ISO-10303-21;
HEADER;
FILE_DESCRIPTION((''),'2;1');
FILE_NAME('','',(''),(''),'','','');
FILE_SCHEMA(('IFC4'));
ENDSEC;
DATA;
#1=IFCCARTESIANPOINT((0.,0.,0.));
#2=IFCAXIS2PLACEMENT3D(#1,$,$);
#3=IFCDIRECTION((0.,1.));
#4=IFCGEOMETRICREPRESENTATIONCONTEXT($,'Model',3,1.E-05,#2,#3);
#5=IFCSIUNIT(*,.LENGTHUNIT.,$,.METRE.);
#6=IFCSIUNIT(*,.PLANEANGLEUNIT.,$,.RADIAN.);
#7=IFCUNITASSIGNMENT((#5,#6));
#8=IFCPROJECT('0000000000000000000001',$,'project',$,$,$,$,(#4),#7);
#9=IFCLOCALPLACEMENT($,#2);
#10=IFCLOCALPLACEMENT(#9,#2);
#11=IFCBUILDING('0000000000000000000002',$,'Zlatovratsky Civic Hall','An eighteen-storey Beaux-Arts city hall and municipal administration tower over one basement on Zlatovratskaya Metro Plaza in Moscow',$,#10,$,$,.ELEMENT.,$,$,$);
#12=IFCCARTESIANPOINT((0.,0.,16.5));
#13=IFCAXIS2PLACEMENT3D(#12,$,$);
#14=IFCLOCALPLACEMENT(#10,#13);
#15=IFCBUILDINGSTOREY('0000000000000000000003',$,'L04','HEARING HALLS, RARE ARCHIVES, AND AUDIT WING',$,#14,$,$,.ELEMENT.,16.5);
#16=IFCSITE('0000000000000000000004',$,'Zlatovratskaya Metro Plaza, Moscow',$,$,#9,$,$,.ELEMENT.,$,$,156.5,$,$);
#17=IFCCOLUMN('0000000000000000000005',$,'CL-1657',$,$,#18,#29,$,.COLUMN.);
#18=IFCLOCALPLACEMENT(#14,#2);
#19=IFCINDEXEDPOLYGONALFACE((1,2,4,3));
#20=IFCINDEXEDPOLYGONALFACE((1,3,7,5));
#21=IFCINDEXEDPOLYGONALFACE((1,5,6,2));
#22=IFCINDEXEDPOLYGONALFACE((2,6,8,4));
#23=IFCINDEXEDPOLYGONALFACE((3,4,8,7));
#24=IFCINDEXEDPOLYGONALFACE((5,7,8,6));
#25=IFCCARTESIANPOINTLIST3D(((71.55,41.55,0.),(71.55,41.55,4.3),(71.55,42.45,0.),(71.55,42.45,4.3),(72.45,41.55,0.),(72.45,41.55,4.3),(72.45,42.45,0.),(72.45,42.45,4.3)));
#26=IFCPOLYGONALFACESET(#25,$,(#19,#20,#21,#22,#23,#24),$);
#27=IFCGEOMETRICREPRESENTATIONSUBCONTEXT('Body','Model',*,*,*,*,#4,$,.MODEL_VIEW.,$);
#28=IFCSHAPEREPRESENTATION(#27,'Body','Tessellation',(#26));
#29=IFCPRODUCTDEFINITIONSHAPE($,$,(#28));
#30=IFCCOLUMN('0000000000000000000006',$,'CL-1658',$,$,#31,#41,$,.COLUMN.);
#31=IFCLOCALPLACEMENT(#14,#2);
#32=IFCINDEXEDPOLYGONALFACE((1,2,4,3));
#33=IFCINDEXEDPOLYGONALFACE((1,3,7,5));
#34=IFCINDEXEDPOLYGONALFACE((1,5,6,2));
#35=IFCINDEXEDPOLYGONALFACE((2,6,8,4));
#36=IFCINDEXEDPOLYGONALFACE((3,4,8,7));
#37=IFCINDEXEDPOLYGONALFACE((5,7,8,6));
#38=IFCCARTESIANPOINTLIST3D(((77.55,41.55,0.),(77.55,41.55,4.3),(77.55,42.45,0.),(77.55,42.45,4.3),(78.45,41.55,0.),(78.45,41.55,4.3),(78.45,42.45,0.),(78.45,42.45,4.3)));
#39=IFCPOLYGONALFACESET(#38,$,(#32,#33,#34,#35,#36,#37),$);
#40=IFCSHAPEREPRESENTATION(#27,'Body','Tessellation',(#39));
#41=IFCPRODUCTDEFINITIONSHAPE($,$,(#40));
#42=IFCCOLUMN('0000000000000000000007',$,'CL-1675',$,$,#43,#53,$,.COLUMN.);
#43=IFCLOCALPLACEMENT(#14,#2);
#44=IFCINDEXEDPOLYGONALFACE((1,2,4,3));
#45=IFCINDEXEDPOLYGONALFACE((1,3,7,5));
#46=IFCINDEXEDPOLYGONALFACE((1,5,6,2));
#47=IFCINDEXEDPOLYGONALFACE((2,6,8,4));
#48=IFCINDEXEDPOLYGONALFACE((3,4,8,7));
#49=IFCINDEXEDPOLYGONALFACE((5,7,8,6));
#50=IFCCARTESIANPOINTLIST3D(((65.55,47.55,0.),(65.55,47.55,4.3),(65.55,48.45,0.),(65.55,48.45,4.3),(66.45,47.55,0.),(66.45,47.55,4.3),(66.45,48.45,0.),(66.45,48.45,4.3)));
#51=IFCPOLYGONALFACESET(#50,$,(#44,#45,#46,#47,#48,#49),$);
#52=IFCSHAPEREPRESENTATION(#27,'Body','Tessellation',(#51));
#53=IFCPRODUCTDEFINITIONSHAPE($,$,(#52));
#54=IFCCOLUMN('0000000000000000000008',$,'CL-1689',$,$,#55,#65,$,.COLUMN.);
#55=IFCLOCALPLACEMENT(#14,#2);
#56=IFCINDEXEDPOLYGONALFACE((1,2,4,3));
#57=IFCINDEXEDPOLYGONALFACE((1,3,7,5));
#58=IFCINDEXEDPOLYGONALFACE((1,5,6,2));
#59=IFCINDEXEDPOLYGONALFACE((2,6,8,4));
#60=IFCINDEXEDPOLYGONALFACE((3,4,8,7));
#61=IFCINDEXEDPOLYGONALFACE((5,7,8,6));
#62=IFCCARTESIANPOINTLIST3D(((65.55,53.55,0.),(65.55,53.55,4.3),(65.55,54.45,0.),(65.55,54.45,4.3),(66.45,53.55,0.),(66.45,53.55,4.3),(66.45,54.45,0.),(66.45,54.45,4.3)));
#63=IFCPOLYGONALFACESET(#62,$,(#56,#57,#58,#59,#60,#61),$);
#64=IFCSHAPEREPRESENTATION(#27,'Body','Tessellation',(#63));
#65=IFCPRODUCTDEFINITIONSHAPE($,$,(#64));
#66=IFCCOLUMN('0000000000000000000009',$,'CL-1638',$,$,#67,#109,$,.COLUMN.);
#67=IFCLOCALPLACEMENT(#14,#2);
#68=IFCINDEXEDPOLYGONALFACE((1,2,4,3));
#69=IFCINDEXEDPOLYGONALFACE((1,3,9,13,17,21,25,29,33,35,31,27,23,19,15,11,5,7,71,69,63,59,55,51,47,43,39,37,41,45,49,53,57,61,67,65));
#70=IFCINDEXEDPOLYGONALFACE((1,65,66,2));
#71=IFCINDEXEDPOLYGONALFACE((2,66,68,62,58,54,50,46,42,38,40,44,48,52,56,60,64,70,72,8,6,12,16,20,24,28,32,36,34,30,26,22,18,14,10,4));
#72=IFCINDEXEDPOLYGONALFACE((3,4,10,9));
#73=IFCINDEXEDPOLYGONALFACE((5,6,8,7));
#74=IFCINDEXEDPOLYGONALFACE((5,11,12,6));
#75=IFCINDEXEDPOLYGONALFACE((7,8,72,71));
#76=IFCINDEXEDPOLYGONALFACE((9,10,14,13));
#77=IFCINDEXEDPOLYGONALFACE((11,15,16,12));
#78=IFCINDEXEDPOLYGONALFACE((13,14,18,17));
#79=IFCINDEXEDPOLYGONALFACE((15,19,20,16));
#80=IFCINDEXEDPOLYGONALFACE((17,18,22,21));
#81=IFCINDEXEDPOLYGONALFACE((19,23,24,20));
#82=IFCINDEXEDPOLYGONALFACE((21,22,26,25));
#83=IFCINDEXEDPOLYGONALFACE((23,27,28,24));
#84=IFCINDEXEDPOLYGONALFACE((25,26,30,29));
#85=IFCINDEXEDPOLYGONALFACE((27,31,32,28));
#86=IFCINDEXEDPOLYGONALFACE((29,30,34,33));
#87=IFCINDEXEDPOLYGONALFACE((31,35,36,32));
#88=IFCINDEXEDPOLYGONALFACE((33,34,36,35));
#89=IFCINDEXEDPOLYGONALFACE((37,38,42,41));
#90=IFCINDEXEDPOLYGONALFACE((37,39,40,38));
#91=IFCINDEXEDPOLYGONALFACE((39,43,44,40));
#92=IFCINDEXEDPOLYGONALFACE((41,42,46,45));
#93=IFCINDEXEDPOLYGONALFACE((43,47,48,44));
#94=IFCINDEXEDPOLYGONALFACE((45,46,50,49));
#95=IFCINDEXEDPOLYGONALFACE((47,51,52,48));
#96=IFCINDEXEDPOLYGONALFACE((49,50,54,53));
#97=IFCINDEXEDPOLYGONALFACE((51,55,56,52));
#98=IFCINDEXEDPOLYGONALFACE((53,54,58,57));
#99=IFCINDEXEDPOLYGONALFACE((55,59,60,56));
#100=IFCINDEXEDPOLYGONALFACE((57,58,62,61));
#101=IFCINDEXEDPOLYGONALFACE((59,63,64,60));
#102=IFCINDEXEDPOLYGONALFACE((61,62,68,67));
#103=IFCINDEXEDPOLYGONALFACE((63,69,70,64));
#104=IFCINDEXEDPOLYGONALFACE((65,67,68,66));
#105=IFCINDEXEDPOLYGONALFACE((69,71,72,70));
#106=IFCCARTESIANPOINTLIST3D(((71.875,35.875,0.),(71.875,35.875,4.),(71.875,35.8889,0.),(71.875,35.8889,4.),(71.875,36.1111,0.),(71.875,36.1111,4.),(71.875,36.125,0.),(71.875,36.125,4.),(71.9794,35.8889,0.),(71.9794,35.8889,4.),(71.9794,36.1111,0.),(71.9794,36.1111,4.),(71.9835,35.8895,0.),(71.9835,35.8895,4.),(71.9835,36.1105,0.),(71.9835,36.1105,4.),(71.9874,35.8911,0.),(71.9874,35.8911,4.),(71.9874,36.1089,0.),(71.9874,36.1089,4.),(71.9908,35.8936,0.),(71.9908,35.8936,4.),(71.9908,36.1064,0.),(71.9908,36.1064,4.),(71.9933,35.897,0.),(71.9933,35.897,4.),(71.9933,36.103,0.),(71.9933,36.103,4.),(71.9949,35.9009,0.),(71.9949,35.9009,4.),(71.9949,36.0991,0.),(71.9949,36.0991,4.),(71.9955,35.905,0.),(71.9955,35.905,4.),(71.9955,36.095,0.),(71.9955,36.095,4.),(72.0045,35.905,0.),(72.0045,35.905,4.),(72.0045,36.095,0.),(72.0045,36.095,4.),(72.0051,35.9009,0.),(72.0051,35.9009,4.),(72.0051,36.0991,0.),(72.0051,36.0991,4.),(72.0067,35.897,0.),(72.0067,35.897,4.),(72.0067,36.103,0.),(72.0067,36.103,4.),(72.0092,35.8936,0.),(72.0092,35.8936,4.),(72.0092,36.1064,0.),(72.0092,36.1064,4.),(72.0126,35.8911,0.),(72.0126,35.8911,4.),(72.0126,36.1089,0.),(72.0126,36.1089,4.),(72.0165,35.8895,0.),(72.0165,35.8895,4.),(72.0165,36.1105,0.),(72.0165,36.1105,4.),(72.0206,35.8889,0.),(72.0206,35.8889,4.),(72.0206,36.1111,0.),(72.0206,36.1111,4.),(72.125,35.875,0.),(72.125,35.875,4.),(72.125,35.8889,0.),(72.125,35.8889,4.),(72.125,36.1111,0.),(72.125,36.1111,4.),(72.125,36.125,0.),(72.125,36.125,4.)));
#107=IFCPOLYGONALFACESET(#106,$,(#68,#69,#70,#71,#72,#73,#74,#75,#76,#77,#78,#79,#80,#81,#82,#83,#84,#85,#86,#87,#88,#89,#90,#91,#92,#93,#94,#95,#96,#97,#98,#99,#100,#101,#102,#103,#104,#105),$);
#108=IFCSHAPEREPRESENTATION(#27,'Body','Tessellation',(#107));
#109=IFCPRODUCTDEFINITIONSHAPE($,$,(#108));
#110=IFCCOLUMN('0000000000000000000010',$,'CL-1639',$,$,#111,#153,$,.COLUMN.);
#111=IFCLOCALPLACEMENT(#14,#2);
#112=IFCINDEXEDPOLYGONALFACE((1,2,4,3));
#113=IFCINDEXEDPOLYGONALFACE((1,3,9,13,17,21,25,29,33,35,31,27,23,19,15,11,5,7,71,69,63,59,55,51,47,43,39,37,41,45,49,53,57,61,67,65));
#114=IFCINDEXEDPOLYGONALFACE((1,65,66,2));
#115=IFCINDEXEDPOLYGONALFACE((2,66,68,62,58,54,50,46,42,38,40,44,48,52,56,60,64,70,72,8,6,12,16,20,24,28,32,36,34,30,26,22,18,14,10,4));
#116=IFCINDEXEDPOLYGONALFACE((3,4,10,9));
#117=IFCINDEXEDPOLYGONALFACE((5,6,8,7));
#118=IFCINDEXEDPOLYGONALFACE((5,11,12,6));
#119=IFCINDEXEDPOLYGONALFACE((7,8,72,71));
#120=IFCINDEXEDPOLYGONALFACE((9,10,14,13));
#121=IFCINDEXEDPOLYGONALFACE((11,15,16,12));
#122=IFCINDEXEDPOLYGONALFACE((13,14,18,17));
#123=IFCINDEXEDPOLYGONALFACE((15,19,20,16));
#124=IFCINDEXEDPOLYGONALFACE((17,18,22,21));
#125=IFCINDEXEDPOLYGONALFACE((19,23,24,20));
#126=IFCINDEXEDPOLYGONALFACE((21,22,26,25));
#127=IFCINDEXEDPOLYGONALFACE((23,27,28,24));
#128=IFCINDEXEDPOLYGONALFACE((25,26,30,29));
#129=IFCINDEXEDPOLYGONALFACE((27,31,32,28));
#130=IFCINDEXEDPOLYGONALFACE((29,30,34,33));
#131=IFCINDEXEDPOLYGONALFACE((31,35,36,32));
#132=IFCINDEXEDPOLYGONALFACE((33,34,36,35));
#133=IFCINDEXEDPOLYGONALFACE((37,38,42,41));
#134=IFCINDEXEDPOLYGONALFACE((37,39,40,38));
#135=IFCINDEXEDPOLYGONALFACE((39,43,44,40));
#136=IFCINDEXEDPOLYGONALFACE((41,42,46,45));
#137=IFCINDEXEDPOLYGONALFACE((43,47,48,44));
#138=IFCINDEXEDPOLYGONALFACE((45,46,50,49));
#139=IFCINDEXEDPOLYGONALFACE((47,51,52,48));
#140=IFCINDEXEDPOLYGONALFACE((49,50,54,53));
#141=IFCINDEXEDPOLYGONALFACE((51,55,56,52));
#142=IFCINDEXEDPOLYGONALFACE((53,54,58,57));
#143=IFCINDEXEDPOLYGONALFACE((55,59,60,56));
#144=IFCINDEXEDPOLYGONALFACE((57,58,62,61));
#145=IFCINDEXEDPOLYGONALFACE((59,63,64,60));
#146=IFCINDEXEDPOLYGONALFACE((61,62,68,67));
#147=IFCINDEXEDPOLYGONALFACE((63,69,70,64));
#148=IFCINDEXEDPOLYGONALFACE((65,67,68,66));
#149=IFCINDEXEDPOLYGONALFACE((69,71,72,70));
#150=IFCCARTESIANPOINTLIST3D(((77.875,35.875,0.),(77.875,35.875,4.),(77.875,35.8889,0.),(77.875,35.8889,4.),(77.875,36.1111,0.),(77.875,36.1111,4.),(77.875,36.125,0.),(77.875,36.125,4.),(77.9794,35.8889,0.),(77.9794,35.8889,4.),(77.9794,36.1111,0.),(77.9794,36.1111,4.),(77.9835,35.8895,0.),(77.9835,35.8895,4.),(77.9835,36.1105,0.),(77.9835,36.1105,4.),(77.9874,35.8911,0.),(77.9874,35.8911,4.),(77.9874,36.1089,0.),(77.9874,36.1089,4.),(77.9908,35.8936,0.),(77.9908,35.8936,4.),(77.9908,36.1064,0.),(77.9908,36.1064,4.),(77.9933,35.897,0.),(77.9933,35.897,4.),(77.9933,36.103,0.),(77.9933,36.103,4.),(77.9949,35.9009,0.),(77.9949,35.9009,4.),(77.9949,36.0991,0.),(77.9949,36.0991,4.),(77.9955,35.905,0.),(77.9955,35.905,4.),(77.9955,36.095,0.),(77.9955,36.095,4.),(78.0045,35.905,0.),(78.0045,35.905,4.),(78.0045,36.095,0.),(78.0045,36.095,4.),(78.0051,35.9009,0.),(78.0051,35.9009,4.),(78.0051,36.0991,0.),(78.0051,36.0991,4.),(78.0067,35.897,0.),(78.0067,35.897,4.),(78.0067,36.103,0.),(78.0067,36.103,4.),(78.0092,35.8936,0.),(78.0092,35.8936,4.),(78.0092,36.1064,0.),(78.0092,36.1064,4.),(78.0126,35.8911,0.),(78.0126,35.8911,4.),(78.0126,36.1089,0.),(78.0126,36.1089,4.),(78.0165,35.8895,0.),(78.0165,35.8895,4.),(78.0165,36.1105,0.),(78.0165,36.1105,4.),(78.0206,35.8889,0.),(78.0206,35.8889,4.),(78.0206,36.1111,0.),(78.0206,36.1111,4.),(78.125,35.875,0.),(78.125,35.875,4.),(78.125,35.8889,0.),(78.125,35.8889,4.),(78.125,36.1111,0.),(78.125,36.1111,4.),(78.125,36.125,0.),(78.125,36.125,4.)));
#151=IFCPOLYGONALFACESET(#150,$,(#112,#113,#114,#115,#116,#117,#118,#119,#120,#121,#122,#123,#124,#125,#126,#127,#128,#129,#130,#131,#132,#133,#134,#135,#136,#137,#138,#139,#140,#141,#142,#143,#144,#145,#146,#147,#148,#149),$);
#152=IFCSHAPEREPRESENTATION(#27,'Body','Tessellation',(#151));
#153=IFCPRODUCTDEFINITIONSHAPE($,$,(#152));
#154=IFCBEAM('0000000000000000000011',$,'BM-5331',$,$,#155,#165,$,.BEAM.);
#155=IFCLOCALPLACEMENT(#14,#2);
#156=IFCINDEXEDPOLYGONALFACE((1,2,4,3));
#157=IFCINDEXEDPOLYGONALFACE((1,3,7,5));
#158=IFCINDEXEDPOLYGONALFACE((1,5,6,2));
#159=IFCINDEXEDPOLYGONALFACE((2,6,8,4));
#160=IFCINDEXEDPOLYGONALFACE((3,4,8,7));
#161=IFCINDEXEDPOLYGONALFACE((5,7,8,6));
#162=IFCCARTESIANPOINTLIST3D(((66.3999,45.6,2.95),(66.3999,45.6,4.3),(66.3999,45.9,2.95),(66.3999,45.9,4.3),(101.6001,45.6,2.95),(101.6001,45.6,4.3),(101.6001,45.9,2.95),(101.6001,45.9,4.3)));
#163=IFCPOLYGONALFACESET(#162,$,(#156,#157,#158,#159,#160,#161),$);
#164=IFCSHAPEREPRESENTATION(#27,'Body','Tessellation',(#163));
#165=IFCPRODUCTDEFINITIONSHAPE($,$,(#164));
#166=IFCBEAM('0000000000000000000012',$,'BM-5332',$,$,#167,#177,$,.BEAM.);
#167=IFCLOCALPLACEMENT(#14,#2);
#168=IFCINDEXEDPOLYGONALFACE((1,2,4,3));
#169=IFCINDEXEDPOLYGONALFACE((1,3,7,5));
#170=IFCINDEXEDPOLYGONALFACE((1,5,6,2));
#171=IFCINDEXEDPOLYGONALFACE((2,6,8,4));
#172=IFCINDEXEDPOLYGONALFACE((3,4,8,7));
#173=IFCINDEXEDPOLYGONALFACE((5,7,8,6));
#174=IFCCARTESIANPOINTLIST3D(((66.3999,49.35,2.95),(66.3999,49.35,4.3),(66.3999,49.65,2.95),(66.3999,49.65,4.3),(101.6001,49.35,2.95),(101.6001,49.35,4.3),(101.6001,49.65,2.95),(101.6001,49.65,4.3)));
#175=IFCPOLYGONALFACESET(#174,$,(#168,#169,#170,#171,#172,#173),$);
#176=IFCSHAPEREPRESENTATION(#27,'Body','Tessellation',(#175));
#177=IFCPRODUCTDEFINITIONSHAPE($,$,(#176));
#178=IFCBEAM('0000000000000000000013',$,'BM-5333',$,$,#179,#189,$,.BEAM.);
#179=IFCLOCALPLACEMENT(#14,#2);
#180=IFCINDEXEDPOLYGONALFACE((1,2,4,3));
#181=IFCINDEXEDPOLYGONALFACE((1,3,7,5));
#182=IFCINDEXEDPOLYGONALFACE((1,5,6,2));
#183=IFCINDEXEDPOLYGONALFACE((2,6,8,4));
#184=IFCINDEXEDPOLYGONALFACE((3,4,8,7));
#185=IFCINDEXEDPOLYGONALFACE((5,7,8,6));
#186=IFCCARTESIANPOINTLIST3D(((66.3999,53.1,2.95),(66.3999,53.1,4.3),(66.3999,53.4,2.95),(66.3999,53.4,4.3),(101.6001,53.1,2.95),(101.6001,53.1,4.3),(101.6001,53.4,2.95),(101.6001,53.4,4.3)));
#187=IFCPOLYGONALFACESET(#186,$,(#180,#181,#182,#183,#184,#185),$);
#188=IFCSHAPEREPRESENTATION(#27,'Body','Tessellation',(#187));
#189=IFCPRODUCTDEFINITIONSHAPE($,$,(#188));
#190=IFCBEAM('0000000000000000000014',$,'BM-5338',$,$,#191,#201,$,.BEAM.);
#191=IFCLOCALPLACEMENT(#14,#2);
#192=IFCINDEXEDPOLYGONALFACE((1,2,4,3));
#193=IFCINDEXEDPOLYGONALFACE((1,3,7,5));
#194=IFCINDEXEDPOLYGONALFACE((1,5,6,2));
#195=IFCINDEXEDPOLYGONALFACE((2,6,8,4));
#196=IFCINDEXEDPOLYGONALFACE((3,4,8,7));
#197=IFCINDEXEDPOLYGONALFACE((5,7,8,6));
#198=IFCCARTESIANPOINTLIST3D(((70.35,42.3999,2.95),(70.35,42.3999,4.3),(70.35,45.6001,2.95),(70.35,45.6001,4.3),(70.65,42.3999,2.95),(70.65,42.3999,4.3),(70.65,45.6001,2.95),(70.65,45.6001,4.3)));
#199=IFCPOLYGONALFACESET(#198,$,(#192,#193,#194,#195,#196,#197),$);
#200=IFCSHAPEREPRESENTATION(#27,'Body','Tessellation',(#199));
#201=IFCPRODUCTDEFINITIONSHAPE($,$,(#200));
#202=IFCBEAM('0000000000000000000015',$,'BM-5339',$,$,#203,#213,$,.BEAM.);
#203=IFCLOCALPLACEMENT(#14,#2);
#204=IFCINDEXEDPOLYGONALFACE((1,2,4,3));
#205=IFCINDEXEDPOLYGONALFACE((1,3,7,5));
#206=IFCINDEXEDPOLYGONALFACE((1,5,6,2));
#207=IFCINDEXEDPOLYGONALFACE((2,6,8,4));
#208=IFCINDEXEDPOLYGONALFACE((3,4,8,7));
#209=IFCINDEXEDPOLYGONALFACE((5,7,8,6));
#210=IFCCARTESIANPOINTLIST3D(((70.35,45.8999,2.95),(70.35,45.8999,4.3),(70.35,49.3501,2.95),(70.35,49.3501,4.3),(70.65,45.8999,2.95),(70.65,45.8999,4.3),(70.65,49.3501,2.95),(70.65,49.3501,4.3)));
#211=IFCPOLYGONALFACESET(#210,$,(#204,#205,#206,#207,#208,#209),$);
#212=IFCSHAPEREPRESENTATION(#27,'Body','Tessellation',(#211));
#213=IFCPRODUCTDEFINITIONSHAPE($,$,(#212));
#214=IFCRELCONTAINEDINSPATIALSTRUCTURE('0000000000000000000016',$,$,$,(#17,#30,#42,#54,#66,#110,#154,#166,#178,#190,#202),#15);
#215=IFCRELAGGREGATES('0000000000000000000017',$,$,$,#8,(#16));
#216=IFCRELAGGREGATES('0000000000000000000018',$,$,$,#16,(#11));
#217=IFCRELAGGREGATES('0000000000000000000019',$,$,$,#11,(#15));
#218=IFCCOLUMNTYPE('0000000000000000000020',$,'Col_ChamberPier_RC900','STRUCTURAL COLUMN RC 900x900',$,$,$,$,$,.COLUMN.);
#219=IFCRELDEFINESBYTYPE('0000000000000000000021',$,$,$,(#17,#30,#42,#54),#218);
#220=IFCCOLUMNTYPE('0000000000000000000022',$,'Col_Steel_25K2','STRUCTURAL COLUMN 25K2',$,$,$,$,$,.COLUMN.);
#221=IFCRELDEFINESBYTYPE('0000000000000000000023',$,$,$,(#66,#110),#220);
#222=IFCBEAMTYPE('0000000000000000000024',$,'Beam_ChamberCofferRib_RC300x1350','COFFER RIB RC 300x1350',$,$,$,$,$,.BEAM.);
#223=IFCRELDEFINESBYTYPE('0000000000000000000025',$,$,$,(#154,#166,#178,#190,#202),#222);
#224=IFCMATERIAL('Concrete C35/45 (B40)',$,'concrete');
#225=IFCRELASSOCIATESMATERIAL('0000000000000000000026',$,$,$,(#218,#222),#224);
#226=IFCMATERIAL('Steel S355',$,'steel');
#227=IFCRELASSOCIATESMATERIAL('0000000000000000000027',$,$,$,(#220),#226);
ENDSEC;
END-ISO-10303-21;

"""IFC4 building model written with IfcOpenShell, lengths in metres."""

from ifc_helpers import new_model, si_unit, direction, frame, origin, origin_2d, place, context, subcontext, project, spatial, rectangle, i_section, extrude, material, material_profile, profile_set, type_object, element, save


model = new_model("IFC4")

# Units and contexts
model_context = context("Model", 3, precision=1e-05, world=origin(), true_north=direction((0.0, 1.0)))
body_context = subcontext(model_context, "Body", "Model", "MODEL_VIEW")
ifc_project = project(units=[si_unit("LENGTHUNIT", "METRE"), si_unit("PLANEANGLEUNIT", "RADIAN")], contexts=[model_context])

# Site, building, storey
site_placement = place(None, origin())
site = spatial("IfcSite", under=ifc_project, at=site_placement, Name="Zlatovratskaya Metro Plaza, Moscow", CompositionType="ELEMENT", RefElevation=156.5)
building_placement = place(site_placement, origin())
building = spatial("IfcBuilding", under=site, at=building_placement, Name="Zlatovratsky Civic Hall", Description="An eighteen-storey Beaux-Arts city hall and municipal administration tower over one basement on Zlatovratskaya Metro Plaza in Moscow", CompositionType="ELEMENT")
storey_placement = place(building_placement, frame((0.0, 0.0, 16.5)))
storey = spatial("IfcBuildingStorey", under=building, at=storey_placement, Name="L04", Description="HEARING HALLS, RARE ARCHIVES, AND AUDIT WING", CompositionType="ELEMENT", Elevation=16.5)

# Columns
ifc_material_1 = material(Name="Concrete C35/45 (B40)", Category="concrete")
ifc_material_profile_1 = material_profile(ifc_material_1, rectangle(XDim=0.8999, YDim=0.8999, at=origin_2d()), Name="RC 900x900")
ifc_profile_set_1 = profile_set([ifc_material_profile_1], Name="Concrete C35/45 (B40)")
column_type_1 = type_object("IfcColumnType", Name="Col_ChamberPier_RC900", Description="STRUCTURAL COLUMN RC 900x900", PredefinedType="COLUMN", material=ifc_profile_set_1)
for number, where, z_axis, x_axis, name in (
    (1, (72.0, 42.0, 0.0), (0.0, 0.0, 1.0), (1.0, 0.0, 0.0), "CL-1657"),
    (2, (78.0, 42.0, 0.0), (0.0, 0.0, 1.0), (1.0, 0.0, 0.0), "CL-1658"),
    (3, (66.0, 48.0, 0.0), (0.0, 0.0, 1.0), (1.0, 0.0, 0.0), "CL-1675"),
    (4, (66.0, 54.0, 0.0), (0.0, 0.0, 1.0), (1.0, 0.0, 0.0), "CL-1689"),
):
    element("IfcColumn", number, at=place(storey_placement, frame(where, z_axis=z_axis, x_axis=x_axis)), inside=storey, type_object=column_type_1, Name=name, PredefinedType="COLUMN", context=body_context, shape_type="SweptSolid", body=[
        extrude(rectangle(XDim=0.8999, YDim=0.8999, at=origin_2d()), origin(), (0.0, 0.0, 1.0), 4.3),
    ])
ifc_material_2 = material(Name="Steel S355", Category="steel")
ifc_material_profile_2 = material_profile(ifc_material_2, i_section(OverallWidth=0.25, OverallDepth=0.25, WebThickness=0.009, FlangeThickness=0.0139, FilletRadius=0.0161, at=origin_2d()), Name="25K2")
ifc_profile_set_2 = profile_set([ifc_material_profile_2], Name="Steel S355")
column_type_2 = type_object("IfcColumnType", Name="Col_Steel_25K2", Description="STRUCTURAL COLUMN 25K2", PredefinedType="COLUMN", material=ifc_profile_set_2)
for number, where, z_axis, x_axis, name in (
    (5, (72.0, 36.0, 0.0), (0.0, 0.0, 1.0), (1.0, 0.0, 0.0), "CL-1638"),
    (6, (78.0, 36.0, 0.0), (0.0, 0.0, 1.0), (1.0, 0.0, 0.0), "CL-1639"),
):
    element("IfcColumn", number, at=place(storey_placement, frame(where, z_axis=z_axis, x_axis=x_axis)), inside=storey, type_object=column_type_2, Name=name, PredefinedType="COLUMN", context=body_context, shape_type="SweptSolid", body=[
        extrude(i_section(OverallWidth=0.25, OverallDepth=0.25, WebThickness=0.009, FlangeThickness=0.0139, FilletRadius=0.0161, at=origin_2d()), origin(), (0.0, 0.0, 1.0), 4.0),
    ])

# Beams
ifc_material_profile_3 = material_profile(ifc_material_1, rectangle(XDim=0.3, YDim=1.3501, at=origin_2d()), Name="RC 300x1350")
ifc_profile_set_3 = profile_set([ifc_material_profile_3], Name="Concrete C35/45 (B40)")
beam_type_1 = type_object("IfcBeamType", Name="Beam_ChamberCofferRib_RC300x1350", Description="COFFER RIB RC 300x1350", PredefinedType="BEAM", material=ifc_profile_set_3)
for number, where, z_axis, x_axis, name in (
    (7, (66.3999, 45.75, 3.625), (1.0, 0.0, 0.0), (0.0, 1.0, 0.0), "BM-5331"),
    (8, (66.3999, 49.5, 3.625), (1.0, 0.0, 0.0), (0.0, 1.0, 0.0), "BM-5332"),
    (9, (66.3999, 53.25, 3.625), (1.0, 0.0, 0.0), (0.0, 1.0, 0.0), "BM-5333"),
):
    element("IfcBeam", number, at=place(storey_placement, frame(where, z_axis=z_axis, x_axis=x_axis)), inside=storey, type_object=beam_type_1, Name=name, PredefinedType="BEAM", context=body_context, shape_type="SweptSolid", body=[
        extrude(rectangle(XDim=0.3, YDim=1.3501, at=origin_2d()), origin(), (0.0, 0.0, 1.0), 35.2002),
    ])
beam_1_placement = place(storey_placement, frame((70.5, 42.3999, 3.625), z_axis=(0.0, 1.0, 0.0), x_axis=(-1.0, 0.0, 0.0)))
element("IfcBeam", 10, at=beam_1_placement, inside=storey, type_object=beam_type_1, Name="BM-5338", PredefinedType="BEAM", context=body_context, shape_type="SweptSolid", body=[
    extrude(rectangle(XDim=0.3, YDim=1.3501, at=origin_2d()), origin(), (0.0, 0.0, 1.0), 3.2002),
])
for number, where, z_axis, x_axis, name in (
    (11, (70.5, 45.8999, 3.625), (0.0, 1.0, 0.0), (-1.0, 0.0, 0.0), "BM-5339"),
):
    element("IfcBeam", number, at=place(storey_placement, frame(where, z_axis=z_axis, x_axis=x_axis)), inside=storey, type_object=beam_type_1, Name=name, PredefinedType="BEAM", context=body_context, shape_type="SweptSolid", body=[
        extrude(rectangle(XDim=0.3, YDim=1.3501, at=origin_2d()), origin(), (0.0, 0.0, 1.0), 3.4502),
    ])

save(model, "model.ifc")
